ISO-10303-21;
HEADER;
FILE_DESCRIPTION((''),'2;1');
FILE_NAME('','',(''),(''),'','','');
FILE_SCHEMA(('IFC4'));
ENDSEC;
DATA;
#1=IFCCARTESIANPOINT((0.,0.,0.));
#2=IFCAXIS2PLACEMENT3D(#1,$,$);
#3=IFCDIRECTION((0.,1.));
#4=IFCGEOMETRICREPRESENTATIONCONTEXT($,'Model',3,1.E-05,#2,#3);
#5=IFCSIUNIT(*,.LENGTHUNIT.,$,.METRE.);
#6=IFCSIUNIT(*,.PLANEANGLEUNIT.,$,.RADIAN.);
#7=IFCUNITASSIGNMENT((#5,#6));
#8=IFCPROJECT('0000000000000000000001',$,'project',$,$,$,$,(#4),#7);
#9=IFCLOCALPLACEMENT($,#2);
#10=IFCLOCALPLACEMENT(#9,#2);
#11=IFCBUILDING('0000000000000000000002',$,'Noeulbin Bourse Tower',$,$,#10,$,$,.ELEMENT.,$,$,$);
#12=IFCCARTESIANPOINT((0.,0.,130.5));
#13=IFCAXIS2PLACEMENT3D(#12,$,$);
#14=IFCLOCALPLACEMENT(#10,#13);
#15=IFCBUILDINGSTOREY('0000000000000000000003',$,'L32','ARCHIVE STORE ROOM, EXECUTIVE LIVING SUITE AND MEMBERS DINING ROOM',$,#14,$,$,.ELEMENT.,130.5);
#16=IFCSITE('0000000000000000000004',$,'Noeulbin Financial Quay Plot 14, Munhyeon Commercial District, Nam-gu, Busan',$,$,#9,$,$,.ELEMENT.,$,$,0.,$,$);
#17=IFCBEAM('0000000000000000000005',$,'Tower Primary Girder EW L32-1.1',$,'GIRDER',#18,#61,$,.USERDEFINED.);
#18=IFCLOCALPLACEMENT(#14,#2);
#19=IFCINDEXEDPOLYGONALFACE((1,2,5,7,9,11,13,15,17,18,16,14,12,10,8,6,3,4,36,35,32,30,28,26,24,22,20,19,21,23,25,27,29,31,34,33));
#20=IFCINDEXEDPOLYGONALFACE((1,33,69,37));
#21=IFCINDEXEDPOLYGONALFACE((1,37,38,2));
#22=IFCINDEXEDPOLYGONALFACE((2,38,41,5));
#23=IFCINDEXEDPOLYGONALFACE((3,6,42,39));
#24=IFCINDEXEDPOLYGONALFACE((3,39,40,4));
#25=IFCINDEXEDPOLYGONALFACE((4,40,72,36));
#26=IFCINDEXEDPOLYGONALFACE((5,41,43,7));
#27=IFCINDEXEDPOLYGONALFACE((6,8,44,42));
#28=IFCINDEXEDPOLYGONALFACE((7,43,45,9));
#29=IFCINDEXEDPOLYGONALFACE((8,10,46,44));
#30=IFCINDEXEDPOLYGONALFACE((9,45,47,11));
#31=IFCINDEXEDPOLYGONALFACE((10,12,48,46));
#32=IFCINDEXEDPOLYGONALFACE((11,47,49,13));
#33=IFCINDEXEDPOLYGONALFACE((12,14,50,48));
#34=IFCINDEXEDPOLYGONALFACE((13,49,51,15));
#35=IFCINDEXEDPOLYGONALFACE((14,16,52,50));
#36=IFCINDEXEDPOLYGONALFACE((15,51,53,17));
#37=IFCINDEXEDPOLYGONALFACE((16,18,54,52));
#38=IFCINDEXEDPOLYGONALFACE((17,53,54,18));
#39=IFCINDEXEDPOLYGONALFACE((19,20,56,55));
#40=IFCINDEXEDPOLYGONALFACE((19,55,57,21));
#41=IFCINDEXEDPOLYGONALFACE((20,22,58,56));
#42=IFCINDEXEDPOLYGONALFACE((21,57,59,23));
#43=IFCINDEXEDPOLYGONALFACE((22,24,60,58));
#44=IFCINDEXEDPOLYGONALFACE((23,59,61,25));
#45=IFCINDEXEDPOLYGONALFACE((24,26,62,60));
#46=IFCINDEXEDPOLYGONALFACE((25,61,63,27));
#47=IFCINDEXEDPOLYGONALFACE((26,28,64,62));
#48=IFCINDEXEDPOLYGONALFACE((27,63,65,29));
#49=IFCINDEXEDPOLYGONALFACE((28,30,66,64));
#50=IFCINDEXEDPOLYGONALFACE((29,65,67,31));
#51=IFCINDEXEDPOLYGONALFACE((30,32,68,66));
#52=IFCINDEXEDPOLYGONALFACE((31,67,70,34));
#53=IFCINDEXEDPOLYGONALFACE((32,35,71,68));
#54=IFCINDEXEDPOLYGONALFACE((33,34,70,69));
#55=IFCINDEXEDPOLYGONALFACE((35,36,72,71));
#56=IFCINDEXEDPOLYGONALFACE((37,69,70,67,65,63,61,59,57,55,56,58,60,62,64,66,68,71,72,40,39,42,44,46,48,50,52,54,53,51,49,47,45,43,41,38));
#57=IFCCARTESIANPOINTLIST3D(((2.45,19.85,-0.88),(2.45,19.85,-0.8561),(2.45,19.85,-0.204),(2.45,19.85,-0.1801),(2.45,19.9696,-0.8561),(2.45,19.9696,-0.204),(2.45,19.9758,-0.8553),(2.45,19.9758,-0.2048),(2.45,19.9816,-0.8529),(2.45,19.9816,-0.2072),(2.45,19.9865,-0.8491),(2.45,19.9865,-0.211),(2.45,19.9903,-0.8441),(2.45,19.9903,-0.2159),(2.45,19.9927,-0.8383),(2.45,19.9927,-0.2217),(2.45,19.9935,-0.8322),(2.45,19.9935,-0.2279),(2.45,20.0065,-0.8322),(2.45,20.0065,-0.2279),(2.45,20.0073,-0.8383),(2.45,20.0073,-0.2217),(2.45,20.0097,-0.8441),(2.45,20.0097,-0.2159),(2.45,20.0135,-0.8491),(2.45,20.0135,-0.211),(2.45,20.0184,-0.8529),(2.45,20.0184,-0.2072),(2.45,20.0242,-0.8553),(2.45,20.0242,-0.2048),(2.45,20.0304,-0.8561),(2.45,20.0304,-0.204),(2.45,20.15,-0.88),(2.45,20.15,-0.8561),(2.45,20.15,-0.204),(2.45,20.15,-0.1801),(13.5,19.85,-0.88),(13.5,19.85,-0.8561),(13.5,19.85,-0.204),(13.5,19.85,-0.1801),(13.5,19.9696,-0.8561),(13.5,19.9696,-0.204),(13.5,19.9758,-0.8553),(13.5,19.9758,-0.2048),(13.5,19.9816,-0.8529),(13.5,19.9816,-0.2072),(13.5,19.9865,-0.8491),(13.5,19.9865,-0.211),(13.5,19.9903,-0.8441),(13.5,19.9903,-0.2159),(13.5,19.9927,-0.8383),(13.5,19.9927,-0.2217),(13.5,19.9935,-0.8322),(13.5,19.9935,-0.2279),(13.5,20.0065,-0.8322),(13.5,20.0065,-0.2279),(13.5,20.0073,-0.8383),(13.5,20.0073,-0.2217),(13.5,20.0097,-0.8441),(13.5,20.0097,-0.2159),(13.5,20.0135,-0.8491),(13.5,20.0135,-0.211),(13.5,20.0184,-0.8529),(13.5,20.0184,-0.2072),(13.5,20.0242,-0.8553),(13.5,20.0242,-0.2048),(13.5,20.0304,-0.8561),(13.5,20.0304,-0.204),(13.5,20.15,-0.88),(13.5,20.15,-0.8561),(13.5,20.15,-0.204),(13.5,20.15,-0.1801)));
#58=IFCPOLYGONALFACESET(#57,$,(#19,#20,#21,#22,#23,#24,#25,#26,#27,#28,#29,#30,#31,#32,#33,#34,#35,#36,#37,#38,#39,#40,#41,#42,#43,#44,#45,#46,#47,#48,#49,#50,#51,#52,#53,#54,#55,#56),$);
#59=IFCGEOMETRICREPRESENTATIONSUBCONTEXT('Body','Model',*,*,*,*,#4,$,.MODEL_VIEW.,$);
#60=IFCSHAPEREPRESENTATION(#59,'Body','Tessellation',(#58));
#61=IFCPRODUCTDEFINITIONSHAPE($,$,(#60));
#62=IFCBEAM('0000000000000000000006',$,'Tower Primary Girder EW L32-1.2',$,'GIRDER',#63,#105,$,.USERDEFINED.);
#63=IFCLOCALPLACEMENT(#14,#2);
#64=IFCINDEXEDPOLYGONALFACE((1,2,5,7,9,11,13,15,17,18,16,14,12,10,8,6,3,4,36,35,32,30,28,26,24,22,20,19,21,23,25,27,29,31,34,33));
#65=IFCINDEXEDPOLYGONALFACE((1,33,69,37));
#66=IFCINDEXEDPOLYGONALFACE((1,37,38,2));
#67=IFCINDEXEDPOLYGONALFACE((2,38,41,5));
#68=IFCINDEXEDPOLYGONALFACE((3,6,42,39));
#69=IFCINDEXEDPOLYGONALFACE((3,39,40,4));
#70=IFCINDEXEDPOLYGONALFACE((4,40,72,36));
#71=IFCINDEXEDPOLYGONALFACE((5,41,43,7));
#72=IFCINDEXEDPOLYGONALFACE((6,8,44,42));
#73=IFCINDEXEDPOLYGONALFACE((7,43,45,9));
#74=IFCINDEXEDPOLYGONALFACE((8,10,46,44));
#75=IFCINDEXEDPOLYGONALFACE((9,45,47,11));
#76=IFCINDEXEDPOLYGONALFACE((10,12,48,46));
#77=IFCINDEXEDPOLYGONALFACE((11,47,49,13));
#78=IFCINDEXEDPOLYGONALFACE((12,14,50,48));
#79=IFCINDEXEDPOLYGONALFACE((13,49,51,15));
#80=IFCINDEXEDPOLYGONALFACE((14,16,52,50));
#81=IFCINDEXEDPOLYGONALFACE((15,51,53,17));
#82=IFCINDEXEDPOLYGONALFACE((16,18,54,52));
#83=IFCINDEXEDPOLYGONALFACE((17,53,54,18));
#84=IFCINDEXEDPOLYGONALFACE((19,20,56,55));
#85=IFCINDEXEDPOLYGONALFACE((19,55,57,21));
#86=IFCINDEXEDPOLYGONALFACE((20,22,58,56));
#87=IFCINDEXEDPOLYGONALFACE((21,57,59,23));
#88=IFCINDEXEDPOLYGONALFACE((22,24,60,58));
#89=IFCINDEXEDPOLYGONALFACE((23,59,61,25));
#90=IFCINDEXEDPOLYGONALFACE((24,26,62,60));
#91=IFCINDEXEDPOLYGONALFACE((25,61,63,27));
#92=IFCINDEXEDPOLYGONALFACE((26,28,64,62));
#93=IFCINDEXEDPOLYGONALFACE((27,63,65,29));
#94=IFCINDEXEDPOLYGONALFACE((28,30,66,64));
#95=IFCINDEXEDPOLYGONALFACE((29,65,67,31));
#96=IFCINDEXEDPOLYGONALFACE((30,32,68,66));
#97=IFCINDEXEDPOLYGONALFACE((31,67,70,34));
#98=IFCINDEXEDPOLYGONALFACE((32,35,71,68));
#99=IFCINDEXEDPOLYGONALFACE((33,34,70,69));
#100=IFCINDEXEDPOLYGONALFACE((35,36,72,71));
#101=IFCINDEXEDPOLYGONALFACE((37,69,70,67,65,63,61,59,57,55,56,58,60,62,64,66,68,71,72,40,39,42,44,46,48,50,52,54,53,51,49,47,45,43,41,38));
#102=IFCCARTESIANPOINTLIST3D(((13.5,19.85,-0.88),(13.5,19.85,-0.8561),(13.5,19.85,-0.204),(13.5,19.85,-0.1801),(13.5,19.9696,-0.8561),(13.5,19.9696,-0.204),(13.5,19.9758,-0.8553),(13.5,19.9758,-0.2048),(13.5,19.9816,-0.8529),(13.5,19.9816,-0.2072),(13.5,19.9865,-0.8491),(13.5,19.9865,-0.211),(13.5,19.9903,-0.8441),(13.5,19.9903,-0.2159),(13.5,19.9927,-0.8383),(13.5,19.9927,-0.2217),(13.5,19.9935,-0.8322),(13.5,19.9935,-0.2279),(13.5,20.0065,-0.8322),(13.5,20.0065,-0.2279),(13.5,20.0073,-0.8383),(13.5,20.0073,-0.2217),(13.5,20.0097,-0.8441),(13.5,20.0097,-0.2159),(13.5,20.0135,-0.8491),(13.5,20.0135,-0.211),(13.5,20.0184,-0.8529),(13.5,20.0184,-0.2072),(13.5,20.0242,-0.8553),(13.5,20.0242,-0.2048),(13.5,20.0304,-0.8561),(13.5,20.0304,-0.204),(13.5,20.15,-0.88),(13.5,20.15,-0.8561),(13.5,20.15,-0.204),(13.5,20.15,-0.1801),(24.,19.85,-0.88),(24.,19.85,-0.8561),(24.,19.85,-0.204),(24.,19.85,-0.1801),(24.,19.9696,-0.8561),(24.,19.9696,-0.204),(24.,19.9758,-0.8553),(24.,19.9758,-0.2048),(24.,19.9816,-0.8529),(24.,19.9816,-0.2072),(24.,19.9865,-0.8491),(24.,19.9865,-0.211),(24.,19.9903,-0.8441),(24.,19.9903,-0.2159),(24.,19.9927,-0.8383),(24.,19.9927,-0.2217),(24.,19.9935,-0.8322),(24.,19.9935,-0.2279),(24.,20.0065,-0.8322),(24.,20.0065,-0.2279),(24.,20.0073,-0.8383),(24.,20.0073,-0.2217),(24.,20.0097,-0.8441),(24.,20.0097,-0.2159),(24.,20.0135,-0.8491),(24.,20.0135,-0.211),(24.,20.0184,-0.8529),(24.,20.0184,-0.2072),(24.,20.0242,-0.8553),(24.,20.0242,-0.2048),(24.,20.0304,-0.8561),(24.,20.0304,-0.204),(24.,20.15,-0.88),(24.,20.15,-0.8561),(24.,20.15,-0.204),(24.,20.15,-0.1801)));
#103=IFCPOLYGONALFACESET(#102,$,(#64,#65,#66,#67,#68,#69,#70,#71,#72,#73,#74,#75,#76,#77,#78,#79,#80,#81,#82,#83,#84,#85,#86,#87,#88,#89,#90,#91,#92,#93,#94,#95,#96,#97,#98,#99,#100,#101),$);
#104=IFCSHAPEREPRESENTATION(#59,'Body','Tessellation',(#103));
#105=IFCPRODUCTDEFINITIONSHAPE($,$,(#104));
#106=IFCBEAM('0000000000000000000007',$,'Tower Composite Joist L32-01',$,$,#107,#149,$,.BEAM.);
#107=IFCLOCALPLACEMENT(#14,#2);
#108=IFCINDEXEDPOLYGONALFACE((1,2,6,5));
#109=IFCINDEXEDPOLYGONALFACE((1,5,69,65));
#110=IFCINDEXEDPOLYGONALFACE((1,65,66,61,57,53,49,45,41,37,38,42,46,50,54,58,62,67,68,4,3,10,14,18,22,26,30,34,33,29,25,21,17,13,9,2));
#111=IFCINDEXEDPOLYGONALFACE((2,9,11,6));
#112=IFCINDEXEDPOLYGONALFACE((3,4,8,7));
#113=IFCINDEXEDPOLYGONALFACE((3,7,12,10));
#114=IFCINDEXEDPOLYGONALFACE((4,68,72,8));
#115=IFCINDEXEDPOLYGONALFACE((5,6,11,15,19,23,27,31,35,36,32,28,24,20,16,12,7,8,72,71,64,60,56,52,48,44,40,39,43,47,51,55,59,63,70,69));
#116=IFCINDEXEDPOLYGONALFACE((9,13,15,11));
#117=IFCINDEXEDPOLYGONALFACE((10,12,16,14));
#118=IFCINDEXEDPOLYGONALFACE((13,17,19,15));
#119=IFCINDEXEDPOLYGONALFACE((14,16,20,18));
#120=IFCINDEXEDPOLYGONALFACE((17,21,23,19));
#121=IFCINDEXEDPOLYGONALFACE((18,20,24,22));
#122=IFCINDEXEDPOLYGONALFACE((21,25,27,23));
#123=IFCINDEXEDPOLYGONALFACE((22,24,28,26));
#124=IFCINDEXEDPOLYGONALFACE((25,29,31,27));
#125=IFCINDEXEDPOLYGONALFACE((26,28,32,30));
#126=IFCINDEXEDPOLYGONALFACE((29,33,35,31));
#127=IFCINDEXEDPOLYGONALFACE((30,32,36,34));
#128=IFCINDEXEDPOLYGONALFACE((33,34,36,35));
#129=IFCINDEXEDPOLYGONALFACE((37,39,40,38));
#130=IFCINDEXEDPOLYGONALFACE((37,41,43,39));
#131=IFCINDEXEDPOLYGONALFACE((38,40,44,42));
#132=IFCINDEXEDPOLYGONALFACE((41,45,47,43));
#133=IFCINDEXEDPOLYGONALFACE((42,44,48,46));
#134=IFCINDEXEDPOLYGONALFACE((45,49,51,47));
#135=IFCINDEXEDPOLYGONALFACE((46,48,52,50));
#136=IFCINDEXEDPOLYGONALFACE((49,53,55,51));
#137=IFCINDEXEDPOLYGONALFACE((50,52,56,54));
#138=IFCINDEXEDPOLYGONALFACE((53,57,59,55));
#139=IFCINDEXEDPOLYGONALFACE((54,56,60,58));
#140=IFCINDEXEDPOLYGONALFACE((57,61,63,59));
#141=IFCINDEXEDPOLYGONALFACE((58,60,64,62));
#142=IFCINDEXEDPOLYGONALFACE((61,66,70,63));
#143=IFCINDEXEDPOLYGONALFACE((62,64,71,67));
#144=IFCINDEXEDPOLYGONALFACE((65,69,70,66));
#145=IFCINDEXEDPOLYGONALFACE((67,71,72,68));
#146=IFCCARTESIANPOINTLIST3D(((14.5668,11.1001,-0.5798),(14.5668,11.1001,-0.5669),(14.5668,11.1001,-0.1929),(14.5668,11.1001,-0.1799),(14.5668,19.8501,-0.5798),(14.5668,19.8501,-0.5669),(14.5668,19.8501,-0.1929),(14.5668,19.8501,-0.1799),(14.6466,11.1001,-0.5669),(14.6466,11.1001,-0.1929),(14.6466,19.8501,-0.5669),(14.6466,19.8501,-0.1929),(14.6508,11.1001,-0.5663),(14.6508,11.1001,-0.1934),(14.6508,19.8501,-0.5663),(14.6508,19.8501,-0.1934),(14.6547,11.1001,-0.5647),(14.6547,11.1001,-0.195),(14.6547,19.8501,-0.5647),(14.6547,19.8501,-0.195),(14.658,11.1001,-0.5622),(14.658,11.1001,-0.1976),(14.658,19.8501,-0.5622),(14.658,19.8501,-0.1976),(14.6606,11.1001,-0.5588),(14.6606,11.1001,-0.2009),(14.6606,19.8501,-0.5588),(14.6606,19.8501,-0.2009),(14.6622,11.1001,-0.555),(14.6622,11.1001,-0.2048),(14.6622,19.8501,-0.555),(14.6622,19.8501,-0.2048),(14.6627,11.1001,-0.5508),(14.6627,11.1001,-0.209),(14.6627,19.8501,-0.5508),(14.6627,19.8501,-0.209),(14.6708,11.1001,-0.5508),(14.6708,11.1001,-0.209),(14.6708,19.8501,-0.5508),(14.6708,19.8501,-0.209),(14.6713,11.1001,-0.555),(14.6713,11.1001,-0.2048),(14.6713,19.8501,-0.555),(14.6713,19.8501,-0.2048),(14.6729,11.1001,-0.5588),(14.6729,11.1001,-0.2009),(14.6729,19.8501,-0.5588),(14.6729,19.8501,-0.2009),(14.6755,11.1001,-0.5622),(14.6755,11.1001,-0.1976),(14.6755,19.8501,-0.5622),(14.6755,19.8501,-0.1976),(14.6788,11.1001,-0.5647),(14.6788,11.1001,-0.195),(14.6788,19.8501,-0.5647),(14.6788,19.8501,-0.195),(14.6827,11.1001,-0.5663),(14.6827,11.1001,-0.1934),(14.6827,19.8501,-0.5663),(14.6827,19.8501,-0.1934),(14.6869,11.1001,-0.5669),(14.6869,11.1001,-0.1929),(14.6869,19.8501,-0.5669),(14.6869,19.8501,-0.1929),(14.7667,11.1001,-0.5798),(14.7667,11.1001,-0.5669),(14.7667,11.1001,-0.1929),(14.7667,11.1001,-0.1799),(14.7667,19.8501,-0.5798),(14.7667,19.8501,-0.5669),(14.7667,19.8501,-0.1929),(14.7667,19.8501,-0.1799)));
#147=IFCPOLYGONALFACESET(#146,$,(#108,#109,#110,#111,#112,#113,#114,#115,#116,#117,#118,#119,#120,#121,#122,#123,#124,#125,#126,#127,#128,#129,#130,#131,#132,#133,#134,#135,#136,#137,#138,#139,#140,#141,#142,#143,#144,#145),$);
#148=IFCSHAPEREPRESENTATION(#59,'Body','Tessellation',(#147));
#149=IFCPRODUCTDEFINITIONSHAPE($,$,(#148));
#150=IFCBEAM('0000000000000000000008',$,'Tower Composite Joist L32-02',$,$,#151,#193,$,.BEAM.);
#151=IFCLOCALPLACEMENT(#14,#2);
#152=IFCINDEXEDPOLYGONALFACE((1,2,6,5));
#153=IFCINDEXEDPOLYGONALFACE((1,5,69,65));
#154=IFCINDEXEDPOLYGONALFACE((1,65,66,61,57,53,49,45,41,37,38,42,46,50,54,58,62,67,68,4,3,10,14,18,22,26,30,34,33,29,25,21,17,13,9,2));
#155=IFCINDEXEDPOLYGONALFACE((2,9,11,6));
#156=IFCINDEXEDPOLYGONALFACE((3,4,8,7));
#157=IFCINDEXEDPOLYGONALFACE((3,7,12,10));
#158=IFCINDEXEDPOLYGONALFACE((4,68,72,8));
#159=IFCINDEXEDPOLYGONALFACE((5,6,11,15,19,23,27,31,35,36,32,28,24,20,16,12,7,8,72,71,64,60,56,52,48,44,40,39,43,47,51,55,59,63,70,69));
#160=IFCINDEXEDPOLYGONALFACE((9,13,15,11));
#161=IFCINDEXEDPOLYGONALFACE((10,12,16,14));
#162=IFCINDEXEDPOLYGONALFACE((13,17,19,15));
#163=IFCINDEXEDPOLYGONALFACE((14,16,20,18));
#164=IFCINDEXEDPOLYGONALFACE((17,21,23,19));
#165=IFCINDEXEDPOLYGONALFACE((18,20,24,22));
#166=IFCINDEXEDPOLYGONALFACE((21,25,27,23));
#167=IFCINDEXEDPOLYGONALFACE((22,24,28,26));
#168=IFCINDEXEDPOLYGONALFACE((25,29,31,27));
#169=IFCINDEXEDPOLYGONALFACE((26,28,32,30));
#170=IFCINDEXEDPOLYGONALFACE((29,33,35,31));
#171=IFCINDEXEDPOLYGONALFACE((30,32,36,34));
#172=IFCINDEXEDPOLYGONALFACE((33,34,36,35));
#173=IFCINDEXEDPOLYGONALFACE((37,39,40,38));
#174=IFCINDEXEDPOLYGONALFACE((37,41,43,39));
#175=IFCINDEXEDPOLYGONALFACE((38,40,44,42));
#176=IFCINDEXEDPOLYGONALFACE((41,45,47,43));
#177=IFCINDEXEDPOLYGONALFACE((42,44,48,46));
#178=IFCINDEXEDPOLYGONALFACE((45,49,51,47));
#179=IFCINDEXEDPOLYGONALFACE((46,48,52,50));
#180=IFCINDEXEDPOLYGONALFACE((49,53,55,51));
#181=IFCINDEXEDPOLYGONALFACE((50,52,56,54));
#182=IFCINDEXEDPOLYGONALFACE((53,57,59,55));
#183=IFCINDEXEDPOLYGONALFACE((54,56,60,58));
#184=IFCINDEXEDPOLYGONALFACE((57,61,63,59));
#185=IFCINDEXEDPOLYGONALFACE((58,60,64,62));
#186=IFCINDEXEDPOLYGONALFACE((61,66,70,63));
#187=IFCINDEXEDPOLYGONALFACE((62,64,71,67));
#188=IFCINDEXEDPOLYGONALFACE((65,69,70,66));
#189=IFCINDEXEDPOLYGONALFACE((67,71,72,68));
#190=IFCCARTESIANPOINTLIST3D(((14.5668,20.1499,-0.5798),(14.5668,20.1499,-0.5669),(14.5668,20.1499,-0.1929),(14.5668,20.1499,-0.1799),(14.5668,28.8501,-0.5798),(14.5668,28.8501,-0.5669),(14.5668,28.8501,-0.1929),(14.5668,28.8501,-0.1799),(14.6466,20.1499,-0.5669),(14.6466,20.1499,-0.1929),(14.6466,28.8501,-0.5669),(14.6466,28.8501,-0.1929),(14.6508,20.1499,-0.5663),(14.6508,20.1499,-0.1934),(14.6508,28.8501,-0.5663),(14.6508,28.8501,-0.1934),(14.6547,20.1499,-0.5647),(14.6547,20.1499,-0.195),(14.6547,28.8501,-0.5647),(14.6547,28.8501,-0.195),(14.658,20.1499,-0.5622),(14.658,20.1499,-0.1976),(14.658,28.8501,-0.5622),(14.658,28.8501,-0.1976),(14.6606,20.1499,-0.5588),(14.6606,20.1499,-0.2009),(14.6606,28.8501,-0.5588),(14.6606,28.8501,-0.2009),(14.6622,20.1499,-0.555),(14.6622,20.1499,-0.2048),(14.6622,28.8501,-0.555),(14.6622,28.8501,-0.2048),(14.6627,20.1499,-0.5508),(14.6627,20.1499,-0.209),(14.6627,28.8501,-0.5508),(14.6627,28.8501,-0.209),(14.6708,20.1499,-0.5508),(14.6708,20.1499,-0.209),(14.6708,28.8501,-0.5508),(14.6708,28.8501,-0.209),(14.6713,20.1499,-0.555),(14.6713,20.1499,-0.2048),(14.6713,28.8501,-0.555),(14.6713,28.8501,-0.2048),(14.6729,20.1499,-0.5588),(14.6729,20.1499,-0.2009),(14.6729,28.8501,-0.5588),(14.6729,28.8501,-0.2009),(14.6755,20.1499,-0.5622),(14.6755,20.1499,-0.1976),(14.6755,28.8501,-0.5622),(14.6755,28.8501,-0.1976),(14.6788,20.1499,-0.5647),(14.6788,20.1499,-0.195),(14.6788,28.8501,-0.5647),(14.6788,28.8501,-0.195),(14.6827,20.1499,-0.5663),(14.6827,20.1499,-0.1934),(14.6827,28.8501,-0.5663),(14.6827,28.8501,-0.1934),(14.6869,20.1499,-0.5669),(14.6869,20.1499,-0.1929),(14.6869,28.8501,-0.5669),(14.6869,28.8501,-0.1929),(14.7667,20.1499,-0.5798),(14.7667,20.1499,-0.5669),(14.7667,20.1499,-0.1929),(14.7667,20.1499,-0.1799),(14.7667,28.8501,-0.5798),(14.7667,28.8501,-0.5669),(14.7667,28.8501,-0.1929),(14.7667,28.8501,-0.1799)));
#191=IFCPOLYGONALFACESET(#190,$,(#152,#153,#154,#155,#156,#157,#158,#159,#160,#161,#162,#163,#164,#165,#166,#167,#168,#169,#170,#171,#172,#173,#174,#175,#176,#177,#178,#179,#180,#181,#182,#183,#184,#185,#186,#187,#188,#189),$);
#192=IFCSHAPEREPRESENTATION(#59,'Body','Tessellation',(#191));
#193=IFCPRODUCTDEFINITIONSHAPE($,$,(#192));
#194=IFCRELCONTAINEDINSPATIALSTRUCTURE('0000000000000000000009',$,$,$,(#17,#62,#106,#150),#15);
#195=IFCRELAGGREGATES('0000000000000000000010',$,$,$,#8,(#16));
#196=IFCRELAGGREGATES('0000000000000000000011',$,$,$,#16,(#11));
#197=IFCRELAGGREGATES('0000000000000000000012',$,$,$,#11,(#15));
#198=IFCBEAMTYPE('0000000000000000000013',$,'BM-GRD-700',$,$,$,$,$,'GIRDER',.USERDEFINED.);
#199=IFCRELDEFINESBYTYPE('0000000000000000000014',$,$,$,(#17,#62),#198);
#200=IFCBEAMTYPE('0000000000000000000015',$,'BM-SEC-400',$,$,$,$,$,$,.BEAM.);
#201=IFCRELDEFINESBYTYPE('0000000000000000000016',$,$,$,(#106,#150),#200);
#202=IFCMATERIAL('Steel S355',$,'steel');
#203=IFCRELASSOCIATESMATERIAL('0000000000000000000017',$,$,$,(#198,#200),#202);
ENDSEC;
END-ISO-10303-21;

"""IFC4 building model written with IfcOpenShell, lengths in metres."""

from ifc_helpers import new_model, si_unit, direction, frame, origin, origin_2d, place, context, subcontext, project, spatial, i_section, extrude, material, material_profile, profile_set, type_object, element, save


model = new_model("IFC4")

# Units and contexts
model_context = context("Model", 3, precision=1e-05, world=origin(), true_north=direction((0.0, 1.0)))
body_context = subcontext(model_context, "Body", "Model", "MODEL_VIEW")
ifc_project = project(units=[si_unit("LENGTHUNIT", "METRE"), si_unit("PLANEANGLEUNIT", "RADIAN")], contexts=[model_context])

# Site, building, storey
site_placement = place(None, origin())
site = spatial("IfcSite", under=ifc_project, at=site_placement, Name="Noeulbin Financial Quay Plot 14, Munhyeon Commercial District, Nam-gu, Busan", CompositionType="ELEMENT", RefElevation=0.0)
building_placement = place(site_placement, origin())
building = spatial("IfcBuilding", under=site, at=building_placement, Name="Noeulbin Bourse Tower", CompositionType="ELEMENT")
storey_placement = place(building_placement, frame((0.0, 0.0, 130.5)))
storey = spatial("IfcBuildingStorey", under=building, at=storey_placement, Name="L32", Description="ARCHIVE STORE ROOM, EXECUTIVE LIVING SUITE AND MEMBERS DINING ROOM", CompositionType="ELEMENT", Elevation=130.5)

# Shared definitions
ifc_material_1 = material(Name="Steel S355", Category="steel")

# Beams
ifc_material_profile_1 = material_profile(ifc_material_1, i_section(OverallWidth=0.3, OverallDepth=0.7, WebThickness=0.0129, FlangeThickness=0.0239, FilletRadius=0.0239, at=origin_2d()), Name="H-700x300x13x24", Category="LoadBearing")
ifc_profile_set_1 = profile_set([ifc_material_profile_1], Name="Steel S355")
beam_type_1 = type_object("IfcBeamType", Name="BM-GRD-700", ElementType="GIRDER", PredefinedType="USERDEFINED", material=ifc_profile_set_1)
beam_1_placement = place(storey_placement, frame((2.45, 20.0, -0.53), z_axis=(1.0, 0.0, 0.0), x_axis=(0.0, 1.0, 0.0)))
element("IfcBeam", 1, at=beam_1_placement, inside=storey, type_object=beam_type_1, Name="Tower Primary Girder EW L32-1.1", ObjectType="GIRDER", PredefinedType="USERDEFINED", context=body_context, shape_type="SweptSolid", body=[
    extrude(i_section(OverallWidth=0.3, OverallDepth=0.7, WebThickness=0.0129, FlangeThickness=0.0239, FilletRadius=0.0239, at=origin_2d()), origin(), (0.0, 0.0, 1.0), 11.05),
])
beam_2_placement = place(storey_placement, frame((13.5, 20.0, -0.53), z_axis=(1.0, 0.0, 0.0), x_axis=(0.0, 1.0, 0.0)))
element("IfcBeam", 2, at=beam_2_placement, inside=storey, type_object=beam_type_1, Name="Tower Primary Girder EW L32-1.2", ObjectType="GIRDER", PredefinedType="USERDEFINED", context=body_context, shape_type="SweptSolid", body=[
    extrude(i_section(OverallWidth=0.3, OverallDepth=0.7, WebThickness=0.0129, FlangeThickness=0.0239, FilletRadius=0.0239, at=origin_2d()), origin(), (0.0, 0.0, 1.0), 10.5),
])
ifc_material_profile_2 = material_profile(ifc_material_1, i_section(OverallWidth=0.2, OverallDepth=0.3999, WebThickness=0.0081, FlangeThickness=0.0129, FilletRadius=0.0161, at=origin_2d()), Name="H-400x200x8x13", Category="LoadBearing")
ifc_profile_set_2 = profile_set([ifc_material_profile_2], Name="Steel S355")
beam_type_2 = type_object("IfcBeamType", Name="BM-SEC-400", PredefinedType="BEAM", material=ifc_profile_set_2)
beam_3_placement = place(storey_placement, frame((14.6667, 11.1001, -0.3799), z_axis=(0.0, 1.0, 0.0), x_axis=(-1.0, 0.0, 0.0)))
element("IfcBeam", 3, at=beam_3_placement, inside=storey, type_object=beam_type_2, Name="Tower Composite Joist L32-01", PredefinedType="BEAM", context=body_context, shape_type="SweptSolid", body=[
    extrude(i_section(OverallWidth=0.2, OverallDepth=0.3999, WebThickness=0.0081, FlangeThickness=0.0129, FilletRadius=0.0161, at=origin_2d()), origin(), (0.0, 0.0, 1.0), 8.75),
])
beam_4_placement = place(storey_placement, frame((14.6667, 20.1499, -0.3799), z_axis=(0.0, 1.0, 0.0), x_axis=(-1.0, 0.0, 0.0)))
element("IfcBeam", 4, at=beam_4_placement, inside=storey, type_object=beam_type_2, Name="Tower Composite Joist L32-02", PredefinedType="BEAM", context=body_context, shape_type="SweptSolid", body=[
    extrude(i_section(OverallWidth=0.2, OverallDepth=0.3999, WebThickness=0.0081, FlangeThickness=0.0129, FilletRadius=0.0161, at=origin_2d()), origin(), (0.0, 0.0, 1.0), 8.7002),
])

save(model, "model.ifc")
